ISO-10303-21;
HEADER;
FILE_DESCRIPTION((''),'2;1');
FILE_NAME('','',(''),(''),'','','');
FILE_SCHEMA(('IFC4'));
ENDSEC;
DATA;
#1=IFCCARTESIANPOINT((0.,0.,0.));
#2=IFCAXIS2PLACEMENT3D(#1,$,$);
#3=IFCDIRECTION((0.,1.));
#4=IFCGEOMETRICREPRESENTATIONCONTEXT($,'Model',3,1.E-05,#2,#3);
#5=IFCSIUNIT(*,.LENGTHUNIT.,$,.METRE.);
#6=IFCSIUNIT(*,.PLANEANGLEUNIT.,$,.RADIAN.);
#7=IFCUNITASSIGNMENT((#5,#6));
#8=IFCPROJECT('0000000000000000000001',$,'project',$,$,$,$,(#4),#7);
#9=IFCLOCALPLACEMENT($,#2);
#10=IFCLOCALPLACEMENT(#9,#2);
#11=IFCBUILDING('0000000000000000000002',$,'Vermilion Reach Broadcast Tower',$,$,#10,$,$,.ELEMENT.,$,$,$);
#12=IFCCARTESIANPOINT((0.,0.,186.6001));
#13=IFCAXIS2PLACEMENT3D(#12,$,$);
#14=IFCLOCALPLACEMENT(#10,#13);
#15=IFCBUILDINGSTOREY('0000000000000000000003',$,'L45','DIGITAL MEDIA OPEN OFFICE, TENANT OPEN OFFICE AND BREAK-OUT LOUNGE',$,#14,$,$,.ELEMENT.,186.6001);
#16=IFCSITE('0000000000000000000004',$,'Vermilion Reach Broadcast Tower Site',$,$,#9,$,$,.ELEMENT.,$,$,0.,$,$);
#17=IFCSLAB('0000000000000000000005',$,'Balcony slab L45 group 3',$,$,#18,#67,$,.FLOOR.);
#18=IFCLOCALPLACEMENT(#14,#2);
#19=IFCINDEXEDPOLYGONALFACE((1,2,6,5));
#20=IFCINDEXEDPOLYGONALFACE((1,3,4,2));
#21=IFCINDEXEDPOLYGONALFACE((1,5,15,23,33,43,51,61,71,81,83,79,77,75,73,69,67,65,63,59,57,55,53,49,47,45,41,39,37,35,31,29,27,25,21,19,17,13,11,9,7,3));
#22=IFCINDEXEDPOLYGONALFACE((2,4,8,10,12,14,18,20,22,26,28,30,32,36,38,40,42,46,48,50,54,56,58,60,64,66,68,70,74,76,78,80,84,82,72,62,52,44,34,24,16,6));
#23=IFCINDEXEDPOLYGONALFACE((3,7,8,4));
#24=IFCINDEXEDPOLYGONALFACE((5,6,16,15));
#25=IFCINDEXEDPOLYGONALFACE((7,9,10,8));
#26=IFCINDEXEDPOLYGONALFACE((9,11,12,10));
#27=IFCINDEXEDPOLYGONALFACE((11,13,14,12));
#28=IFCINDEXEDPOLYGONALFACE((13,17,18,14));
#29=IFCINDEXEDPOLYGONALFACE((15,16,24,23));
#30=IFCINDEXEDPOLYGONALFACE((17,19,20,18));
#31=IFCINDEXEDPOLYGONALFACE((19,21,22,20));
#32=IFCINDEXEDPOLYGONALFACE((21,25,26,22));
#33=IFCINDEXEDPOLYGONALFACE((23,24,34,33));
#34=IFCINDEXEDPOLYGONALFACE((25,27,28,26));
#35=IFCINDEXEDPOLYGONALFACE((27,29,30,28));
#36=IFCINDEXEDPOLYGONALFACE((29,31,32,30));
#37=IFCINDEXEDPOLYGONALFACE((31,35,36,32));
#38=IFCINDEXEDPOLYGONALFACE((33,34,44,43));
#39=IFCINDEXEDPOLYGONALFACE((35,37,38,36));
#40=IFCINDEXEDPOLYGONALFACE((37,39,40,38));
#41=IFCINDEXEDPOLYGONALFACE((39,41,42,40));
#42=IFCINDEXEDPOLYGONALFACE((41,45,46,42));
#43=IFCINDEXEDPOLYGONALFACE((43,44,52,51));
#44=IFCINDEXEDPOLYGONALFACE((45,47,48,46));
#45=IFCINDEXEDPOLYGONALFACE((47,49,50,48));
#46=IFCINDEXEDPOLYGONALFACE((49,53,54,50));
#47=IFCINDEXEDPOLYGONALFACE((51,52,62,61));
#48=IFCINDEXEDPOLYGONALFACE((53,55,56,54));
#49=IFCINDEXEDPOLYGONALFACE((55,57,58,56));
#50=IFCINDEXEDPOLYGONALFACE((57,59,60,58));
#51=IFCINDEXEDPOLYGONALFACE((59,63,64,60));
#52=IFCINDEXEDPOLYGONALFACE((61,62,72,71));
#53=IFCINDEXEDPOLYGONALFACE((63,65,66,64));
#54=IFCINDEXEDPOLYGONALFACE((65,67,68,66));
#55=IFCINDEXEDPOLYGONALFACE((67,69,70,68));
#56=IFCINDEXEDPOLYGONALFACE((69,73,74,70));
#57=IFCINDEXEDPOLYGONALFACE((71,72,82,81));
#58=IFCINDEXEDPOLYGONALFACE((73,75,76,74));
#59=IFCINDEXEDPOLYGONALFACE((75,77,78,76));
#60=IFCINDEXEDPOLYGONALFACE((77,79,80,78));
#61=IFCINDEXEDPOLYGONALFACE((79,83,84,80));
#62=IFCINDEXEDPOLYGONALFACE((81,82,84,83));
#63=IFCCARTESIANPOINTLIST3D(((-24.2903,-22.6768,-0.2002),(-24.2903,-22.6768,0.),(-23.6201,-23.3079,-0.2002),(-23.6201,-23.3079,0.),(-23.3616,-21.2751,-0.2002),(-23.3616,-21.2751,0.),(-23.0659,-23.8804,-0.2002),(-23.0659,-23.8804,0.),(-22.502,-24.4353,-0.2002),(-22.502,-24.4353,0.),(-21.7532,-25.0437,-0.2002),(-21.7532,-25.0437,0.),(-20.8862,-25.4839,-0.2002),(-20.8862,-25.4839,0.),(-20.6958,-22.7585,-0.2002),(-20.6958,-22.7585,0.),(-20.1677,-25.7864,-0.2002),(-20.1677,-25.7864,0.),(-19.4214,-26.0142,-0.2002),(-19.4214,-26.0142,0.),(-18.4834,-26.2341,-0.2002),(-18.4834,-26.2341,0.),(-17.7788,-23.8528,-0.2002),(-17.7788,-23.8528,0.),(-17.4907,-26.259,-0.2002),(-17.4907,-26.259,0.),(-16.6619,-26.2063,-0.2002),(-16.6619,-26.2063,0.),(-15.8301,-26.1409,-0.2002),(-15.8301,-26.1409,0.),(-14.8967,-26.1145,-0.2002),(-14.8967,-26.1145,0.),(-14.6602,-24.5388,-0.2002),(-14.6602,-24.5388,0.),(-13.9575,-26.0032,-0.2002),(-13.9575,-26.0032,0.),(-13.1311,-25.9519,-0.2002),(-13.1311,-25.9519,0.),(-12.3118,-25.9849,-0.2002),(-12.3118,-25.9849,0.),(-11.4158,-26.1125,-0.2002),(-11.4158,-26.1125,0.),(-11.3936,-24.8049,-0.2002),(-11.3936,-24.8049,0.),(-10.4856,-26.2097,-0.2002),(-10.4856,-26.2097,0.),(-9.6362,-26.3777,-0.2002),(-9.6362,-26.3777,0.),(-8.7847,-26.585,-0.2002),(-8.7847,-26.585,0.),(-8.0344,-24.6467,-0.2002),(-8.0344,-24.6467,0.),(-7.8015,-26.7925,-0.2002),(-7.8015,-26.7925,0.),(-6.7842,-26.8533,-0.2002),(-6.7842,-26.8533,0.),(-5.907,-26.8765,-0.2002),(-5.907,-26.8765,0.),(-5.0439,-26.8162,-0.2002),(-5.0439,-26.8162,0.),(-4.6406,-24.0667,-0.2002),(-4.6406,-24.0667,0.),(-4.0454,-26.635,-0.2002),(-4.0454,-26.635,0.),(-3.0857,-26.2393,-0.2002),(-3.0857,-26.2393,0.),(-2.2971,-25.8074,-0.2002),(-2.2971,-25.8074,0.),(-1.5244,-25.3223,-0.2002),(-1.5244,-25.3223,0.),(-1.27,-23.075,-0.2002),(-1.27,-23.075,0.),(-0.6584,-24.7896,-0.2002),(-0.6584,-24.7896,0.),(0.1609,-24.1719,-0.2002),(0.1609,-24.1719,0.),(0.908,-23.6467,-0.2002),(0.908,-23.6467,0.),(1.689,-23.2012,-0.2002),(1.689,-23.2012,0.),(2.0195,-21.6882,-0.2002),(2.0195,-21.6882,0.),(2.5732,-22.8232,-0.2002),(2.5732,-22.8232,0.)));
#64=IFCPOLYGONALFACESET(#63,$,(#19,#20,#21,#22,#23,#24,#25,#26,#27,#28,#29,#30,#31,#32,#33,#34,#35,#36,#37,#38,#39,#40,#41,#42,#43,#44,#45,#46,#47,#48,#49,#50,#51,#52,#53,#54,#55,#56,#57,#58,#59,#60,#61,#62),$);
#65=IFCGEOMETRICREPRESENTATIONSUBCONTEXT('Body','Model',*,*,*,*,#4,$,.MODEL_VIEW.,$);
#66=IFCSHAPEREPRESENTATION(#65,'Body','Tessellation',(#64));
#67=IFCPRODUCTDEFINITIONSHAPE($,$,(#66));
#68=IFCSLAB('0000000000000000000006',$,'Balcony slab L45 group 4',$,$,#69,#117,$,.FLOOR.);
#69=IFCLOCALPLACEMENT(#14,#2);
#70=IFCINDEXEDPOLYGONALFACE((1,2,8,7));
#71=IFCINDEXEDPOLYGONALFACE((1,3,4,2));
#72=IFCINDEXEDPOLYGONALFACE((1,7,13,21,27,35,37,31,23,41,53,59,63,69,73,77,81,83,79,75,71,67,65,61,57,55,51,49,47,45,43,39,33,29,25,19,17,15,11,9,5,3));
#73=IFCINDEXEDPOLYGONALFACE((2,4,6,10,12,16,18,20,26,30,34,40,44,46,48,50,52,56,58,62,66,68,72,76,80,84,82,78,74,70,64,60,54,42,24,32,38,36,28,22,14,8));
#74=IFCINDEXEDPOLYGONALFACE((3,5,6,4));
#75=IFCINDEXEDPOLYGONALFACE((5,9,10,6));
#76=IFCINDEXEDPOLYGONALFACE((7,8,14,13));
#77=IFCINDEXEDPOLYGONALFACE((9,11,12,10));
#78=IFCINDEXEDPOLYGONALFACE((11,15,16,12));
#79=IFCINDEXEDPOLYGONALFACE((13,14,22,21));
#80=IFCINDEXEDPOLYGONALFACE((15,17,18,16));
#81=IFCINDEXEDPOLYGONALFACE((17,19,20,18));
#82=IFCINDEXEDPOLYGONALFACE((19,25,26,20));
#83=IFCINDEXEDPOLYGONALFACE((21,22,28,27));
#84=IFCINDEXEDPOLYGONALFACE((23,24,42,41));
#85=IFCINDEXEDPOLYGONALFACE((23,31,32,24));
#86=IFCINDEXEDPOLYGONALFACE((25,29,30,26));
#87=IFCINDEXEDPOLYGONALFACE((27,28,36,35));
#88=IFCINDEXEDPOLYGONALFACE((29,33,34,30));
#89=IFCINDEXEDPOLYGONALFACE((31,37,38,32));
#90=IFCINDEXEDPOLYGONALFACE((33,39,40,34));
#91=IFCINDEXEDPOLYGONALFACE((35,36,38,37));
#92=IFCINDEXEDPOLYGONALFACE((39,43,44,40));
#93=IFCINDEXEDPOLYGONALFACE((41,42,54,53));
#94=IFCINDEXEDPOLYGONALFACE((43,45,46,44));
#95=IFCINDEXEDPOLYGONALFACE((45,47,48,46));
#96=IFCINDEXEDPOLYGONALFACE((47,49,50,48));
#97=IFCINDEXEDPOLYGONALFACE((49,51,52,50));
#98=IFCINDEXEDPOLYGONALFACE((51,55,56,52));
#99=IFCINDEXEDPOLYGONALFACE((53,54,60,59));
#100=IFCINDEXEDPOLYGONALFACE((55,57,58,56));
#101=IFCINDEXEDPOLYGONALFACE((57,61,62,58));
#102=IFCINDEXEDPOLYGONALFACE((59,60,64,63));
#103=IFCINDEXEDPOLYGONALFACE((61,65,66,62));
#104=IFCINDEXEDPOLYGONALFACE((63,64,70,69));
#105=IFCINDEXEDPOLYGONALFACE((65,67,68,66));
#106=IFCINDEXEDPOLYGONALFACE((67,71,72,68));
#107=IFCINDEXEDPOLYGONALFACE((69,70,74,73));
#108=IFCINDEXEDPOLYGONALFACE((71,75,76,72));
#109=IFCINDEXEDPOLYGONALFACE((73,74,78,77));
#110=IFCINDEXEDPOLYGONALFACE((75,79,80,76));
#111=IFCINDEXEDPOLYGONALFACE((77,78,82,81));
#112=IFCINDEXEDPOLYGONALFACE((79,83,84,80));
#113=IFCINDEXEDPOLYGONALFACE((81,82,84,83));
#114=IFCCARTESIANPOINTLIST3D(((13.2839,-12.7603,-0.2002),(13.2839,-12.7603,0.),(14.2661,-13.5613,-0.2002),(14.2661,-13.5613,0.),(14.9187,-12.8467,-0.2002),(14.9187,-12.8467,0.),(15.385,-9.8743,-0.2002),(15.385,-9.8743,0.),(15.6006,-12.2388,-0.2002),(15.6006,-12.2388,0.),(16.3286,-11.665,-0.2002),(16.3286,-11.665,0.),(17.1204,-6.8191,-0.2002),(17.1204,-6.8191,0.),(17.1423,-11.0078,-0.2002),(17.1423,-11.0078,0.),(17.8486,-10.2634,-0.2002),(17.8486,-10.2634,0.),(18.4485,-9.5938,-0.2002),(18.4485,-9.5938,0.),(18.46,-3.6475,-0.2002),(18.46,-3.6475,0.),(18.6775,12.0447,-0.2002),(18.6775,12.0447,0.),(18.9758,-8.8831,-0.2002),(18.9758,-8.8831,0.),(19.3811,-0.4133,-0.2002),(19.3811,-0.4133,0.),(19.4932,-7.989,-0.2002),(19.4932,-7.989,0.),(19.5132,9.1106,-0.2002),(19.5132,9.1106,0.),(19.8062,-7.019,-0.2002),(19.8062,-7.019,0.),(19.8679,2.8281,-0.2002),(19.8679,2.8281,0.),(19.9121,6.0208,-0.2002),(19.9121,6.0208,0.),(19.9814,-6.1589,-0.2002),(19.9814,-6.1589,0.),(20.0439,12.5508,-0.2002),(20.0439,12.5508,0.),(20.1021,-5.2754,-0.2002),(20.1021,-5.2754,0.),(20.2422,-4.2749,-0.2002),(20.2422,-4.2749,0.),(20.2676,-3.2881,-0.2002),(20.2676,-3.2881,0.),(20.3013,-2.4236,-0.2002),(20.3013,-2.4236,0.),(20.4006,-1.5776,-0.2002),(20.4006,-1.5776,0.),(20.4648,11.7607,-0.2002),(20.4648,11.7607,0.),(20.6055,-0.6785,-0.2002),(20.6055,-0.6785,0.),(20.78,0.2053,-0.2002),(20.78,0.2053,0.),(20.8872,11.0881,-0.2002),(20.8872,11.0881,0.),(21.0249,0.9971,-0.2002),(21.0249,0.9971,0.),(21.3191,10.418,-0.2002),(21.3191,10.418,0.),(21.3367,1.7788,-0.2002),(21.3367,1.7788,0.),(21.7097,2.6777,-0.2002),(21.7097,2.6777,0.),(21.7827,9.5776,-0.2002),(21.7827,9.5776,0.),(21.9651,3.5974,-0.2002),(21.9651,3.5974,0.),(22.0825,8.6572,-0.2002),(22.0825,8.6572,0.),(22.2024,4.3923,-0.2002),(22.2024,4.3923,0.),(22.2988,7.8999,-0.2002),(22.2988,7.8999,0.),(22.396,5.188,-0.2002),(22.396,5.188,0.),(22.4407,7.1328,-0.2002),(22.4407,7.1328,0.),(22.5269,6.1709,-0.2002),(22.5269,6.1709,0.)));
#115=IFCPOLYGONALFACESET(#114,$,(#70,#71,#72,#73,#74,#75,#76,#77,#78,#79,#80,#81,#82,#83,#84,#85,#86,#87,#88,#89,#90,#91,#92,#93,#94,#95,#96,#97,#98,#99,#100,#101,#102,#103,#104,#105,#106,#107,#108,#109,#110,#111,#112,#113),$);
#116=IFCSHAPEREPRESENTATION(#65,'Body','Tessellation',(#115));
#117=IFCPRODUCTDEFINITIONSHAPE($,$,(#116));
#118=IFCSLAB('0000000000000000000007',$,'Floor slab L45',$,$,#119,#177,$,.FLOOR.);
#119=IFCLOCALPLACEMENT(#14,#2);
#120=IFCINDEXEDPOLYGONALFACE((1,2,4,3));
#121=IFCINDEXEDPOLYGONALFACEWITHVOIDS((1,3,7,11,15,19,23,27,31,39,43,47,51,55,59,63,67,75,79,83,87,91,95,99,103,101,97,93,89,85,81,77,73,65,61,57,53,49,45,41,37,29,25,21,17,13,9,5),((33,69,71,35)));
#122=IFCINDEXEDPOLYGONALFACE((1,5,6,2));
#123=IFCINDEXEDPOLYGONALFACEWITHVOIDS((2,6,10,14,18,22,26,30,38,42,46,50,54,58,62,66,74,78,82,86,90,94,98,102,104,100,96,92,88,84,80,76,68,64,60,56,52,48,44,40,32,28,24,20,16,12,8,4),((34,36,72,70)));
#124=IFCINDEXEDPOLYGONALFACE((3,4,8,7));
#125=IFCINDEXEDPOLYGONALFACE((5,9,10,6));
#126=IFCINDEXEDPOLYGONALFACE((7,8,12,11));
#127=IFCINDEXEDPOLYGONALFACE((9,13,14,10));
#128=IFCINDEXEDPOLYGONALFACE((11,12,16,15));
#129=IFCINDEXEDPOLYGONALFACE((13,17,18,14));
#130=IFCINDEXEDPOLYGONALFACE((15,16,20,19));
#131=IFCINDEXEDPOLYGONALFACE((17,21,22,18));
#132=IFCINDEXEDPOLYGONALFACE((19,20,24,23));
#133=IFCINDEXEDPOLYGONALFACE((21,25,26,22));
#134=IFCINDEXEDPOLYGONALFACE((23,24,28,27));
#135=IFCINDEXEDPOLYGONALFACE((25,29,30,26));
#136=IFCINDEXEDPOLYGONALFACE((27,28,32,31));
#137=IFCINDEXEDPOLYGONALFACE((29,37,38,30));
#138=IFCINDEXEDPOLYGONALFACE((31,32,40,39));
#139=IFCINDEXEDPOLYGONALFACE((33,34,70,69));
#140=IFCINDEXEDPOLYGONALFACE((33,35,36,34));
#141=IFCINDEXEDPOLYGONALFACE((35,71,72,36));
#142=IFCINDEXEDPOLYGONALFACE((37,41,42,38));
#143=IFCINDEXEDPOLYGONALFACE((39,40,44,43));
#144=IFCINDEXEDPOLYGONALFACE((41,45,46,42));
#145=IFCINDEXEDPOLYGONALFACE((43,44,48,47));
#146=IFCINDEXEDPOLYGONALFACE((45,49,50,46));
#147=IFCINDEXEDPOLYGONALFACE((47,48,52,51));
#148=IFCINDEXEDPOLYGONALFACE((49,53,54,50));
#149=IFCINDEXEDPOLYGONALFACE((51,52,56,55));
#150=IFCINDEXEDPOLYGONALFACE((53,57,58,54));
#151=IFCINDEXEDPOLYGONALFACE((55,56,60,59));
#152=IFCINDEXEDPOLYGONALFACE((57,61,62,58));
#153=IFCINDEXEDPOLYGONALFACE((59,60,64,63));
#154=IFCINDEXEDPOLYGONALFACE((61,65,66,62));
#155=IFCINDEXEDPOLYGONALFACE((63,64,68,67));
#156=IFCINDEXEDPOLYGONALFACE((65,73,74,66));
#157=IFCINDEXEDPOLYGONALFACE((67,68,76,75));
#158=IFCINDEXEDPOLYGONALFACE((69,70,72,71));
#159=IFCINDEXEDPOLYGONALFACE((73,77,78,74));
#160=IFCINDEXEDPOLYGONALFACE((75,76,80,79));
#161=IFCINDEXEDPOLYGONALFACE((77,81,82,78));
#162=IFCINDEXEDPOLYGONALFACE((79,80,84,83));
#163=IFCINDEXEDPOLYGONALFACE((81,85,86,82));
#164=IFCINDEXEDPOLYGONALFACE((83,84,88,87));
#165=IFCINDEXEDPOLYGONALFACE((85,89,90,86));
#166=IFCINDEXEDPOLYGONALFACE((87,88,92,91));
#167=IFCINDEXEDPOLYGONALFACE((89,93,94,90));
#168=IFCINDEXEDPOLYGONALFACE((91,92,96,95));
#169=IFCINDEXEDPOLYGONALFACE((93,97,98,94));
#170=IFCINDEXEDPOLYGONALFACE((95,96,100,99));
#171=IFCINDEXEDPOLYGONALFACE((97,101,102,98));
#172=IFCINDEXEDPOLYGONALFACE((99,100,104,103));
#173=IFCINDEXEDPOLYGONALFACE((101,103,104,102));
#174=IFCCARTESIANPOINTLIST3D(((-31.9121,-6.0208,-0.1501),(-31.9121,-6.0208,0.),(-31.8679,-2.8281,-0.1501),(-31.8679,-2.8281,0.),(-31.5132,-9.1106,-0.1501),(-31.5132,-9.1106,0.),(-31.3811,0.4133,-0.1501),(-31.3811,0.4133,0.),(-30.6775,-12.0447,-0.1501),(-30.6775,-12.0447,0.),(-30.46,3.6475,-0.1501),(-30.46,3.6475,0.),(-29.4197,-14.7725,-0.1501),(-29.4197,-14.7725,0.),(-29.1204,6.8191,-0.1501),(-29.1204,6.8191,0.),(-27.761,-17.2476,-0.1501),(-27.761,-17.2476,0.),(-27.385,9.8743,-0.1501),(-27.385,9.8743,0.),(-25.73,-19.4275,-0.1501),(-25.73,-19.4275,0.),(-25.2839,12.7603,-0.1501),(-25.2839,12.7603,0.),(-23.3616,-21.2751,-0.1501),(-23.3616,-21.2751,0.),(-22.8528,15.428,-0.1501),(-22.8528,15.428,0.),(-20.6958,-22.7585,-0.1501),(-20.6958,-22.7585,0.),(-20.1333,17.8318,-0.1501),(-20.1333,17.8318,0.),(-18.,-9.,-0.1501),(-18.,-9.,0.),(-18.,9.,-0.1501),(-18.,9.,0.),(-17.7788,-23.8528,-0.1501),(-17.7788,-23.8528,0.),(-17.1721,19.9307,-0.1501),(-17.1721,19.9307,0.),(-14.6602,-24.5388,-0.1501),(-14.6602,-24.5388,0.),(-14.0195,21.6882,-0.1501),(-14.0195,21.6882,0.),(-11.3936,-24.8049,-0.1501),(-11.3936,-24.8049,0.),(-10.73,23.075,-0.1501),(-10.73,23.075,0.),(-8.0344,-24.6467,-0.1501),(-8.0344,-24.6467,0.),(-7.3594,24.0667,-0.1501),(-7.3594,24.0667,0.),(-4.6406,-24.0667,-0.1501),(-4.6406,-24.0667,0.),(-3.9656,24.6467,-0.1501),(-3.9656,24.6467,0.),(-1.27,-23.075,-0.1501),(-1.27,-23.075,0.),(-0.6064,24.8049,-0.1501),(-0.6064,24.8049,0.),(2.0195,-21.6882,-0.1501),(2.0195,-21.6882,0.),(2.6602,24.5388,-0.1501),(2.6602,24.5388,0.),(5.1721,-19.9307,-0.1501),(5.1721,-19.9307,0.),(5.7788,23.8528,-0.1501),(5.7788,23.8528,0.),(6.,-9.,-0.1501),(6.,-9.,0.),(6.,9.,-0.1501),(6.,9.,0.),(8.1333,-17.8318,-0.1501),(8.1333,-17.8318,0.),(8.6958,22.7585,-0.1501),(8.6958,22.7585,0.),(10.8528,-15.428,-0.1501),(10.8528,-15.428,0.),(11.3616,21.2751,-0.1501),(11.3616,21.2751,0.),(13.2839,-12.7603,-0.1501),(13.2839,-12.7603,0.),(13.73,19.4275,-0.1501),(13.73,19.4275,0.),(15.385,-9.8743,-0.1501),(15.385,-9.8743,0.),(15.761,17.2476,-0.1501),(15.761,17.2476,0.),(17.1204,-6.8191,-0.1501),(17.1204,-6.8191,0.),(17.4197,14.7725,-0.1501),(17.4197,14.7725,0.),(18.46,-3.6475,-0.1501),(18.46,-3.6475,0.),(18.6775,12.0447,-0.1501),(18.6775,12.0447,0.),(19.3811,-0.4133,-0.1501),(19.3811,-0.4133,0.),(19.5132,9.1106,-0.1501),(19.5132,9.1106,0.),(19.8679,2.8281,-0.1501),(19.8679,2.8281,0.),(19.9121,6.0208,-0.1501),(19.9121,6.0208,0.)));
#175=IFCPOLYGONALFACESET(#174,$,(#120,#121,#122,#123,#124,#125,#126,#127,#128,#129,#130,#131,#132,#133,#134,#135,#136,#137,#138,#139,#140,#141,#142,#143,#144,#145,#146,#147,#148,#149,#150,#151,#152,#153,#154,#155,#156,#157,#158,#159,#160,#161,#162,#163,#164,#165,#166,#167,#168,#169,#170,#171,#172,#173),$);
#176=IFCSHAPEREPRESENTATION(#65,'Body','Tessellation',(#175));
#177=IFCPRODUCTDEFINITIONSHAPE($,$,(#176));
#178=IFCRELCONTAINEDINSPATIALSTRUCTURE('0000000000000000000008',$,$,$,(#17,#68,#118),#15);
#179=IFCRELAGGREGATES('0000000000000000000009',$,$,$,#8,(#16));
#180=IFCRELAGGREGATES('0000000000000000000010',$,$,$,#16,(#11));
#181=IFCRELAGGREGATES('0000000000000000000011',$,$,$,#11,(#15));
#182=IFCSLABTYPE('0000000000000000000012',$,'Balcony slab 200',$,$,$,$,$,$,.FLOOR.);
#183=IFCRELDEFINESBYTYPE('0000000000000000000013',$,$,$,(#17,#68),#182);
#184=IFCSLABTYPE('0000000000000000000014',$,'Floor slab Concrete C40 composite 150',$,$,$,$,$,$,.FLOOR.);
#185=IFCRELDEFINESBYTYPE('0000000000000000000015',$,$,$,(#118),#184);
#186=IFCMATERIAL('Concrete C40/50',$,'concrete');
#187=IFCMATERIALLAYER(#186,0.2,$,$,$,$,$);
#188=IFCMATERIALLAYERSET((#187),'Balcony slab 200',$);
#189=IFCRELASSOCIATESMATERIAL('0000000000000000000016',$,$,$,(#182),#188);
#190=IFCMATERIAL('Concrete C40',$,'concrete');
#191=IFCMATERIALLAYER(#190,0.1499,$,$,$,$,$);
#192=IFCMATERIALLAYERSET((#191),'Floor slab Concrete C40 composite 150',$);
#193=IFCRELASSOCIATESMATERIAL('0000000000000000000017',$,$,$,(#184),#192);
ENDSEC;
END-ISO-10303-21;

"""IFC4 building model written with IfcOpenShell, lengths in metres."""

from ifc_helpers import new_model, si_unit, direction, frame, origin, place, context, subcontext, project, spatial, polyline, outline, extrude, material, layer, layer_set, type_object, element, save


model = new_model("IFC4")

# Units and contexts
model_context = context("Model", 3, precision=1e-05, world=origin(), true_north=direction((0.0, 1.0)))
body_context = subcontext(model_context, "Body", "Model", "MODEL_VIEW")
ifc_project = project(units=[si_unit("LENGTHUNIT", "METRE"), si_unit("PLANEANGLEUNIT", "RADIAN")], contexts=[model_context])

# Site, building, storey
site_placement = place(None, origin())
site = spatial("IfcSite", under=ifc_project, at=site_placement, Name="Vermilion Reach Broadcast Tower Site", CompositionType="ELEMENT", RefElevation=0.0)
building_placement = place(site_placement, origin())
building = spatial("IfcBuilding", under=site, at=building_placement, Name="Vermilion Reach Broadcast Tower", CompositionType="ELEMENT")
storey_placement = place(building_placement, frame((0.0, 0.0, 186.6001)))
storey = spatial("IfcBuildingStorey", under=building, at=storey_placement, Name="L45", Description="DIGITAL MEDIA OPEN OFFICE, TENANT OPEN OFFICE AND BREAK-OUT LOUNGE", CompositionType="ELEMENT", Elevation=186.6001)

# Slabs
ifc_material_1 = material(Name="Concrete C40/50", Category="concrete")
ifc_layer_1 = layer(ifc_material_1, 0.2)
ifc_layer_set_1 = layer_set([ifc_layer_1], Name="Balcony slab 200")
slab_type_1 = type_object("IfcSlabType", Name="Balcony slab 200", PredefinedType="FLOOR", material=ifc_layer_set_1)
placement_1 = place(storey_placement, frame((0.0, 0.0, -0.2002)))
element("IfcSlab", 1, at=placement_1, inside=storey, type_object=slab_type_1, Name="Balcony slab L45 group 3", PredefinedType="FLOOR", context=body_context, shape_type="SweptSolid", body=[
    extrude(outline(polyline([(-23.3616, -21.2751), (-20.6958, -22.7585), (-17.7788, -23.8528), (-14.6602, -24.5388), (-11.3936, -24.8049), (-8.0344, -24.6467), (-4.6406, -24.0667), (-1.27, -23.075), (2.0195, -21.6882), (2.5732, -22.8232), (1.689, -23.2012), (0.908, -23.6467), (0.1609, -24.1719), (-0.6584, -24.7896), (-1.5244, -25.3223), (-2.2971, -25.8074), (-3.0857, -26.2393), (-4.0454, -26.635), (-5.0439, -26.8162), (-5.907, -26.8765), (-6.7842, -26.8533), (-7.8015, -26.7925), (-8.7847, -26.585), (-9.6362, -26.3777), (-10.4856, -26.2097), (-11.4158, -26.1125), (-12.3118, -25.9849), (-13.1311, -25.9519), (-13.9575, -26.0032), (-14.8967, -26.1145), (-15.8301, -26.1409), (-16.6619, -26.2063), (-17.4907, -26.259), (-18.4834, -26.2341), (-19.4214, -26.0142), (-20.1677, -25.7864), (-20.8862, -25.4839), (-21.7532, -25.0437), (-22.502, -24.4353), (-23.0659, -23.8804), (-23.6201, -23.3079), (-24.2903, -22.6768), (-23.3616, -21.2751)])), origin(), (0.0, 0.0, 1.0), 0.2002),
])
element("IfcSlab", 2, at=placement_1, inside=storey, type_object=slab_type_1, Name="Balcony slab L45 group 4", PredefinedType="FLOOR", context=body_context, shape_type="SweptSolid", body=[
    extrude(outline(polyline([(13.2839, -12.7603), (15.385, -9.8743), (17.1204, -6.8191), (18.46, -3.6475), (19.3811, -0.4133), (19.8679, 2.8281), (19.9121, 6.0208), (19.5132, 9.1106), (18.6775, 12.0447), (20.0439, 12.5508), (20.4648, 11.7607), (20.8872, 11.0881), (21.3191, 10.418), (21.7827, 9.5776), (22.0825, 8.6572), (22.2988, 7.8999), (22.4407, 7.1328), (22.5269, 6.1709), (22.396, 5.188), (22.2024, 4.3923), (21.9651, 3.5974), (21.7097, 2.6777), (21.3367, 1.7788), (21.0249, 0.9971), (20.78, 0.2053), (20.6055, -0.6785), (20.4006, -1.5776), (20.3013, -2.4236), (20.2676, -3.2881), (20.2422, -4.2749), (20.1021, -5.2754), (19.9814, -6.1589), (19.8062, -7.019), (19.4932, -7.989), (18.9758, -8.8831), (18.4485, -9.5938), (17.8486, -10.2634), (17.1423, -11.0078), (16.3286, -11.665), (15.6006, -12.2388), (14.9187, -12.8467), (14.2661, -13.5613), (13.2839, -12.7603)])), origin(), (0.0, 0.0, 1.0), 0.2002),
])
ifc_material_2 = material(Name="Concrete C40", Category="concrete")
ifc_layer_2 = layer(ifc_material_2, 0.1499)
ifc_layer_set_2 = layer_set([ifc_layer_2], Name="Floor slab Concrete C40 composite 150")
slab_type_2 = type_object("IfcSlabType", Name="Floor slab Concrete C40 composite 150", PredefinedType="FLOOR", material=ifc_layer_set_2)
slab_1_placement = place(storey_placement, frame((0.0, 0.0, -0.1501)))
element("IfcSlab", 3, at=slab_1_placement, inside=storey, type_object=slab_type_2, Name="Floor slab L45", PredefinedType="FLOOR", context=body_context, shape_type="SweptSolid", body=[
    extrude(outline(polyline([(15.761, 17.2476), (13.73, 19.4275), (11.3616, 21.2751), (8.6958, 22.7585), (5.7788, 23.8528), (2.6602, 24.5388), (-0.6064, 24.8049), (-3.9656, 24.6467), (-7.3594, 24.0667), (-10.73, 23.075), (-14.0195, 21.6882), (-17.1721, 19.9307), (-20.1333, 17.8318), (-22.8528, 15.428), (-25.2839, 12.7603), (-27.385, 9.8743), (-29.1204, 6.8191), (-30.46, 3.6475), (-31.3811, 0.4133), (-31.8679, -2.8281), (-31.9121, -6.0208), (-31.5132, -9.1106), (-30.6775, -12.0447), (-29.4197, -14.7725), (-27.761, -17.2476), (-25.73, -19.4275), (-23.3616, -21.2751), (-20.6958, -22.7585), (-17.7788, -23.8528), (-14.6602, -24.5388), (-11.3936, -24.8049), (-8.0344, -24.6467), (-4.6406, -24.0667), (-1.27, -23.075), (2.0195, -21.6882), (5.1721, -19.9307), (8.1333, -17.8318), (10.8528, -15.428), (13.2839, -12.7603), (15.385, -9.8743), (17.1204, -6.8191), (18.46, -3.6475), (19.3811, -0.4133), (19.8679, 2.8281), (19.9121, 6.0208), (19.5132, 9.1106), (18.6775, 12.0447), (17.4197, 14.7725), (15.761, 17.2476)]), holes=[polyline([(-18.0, -9.0), (6.0, -9.0), (6.0, 9.0), (-18.0, 9.0), (-18.0, -9.0)])]), origin(), (0.0, 0.0, 1.0), 0.1501),
])

save(model, "model.ifc")
